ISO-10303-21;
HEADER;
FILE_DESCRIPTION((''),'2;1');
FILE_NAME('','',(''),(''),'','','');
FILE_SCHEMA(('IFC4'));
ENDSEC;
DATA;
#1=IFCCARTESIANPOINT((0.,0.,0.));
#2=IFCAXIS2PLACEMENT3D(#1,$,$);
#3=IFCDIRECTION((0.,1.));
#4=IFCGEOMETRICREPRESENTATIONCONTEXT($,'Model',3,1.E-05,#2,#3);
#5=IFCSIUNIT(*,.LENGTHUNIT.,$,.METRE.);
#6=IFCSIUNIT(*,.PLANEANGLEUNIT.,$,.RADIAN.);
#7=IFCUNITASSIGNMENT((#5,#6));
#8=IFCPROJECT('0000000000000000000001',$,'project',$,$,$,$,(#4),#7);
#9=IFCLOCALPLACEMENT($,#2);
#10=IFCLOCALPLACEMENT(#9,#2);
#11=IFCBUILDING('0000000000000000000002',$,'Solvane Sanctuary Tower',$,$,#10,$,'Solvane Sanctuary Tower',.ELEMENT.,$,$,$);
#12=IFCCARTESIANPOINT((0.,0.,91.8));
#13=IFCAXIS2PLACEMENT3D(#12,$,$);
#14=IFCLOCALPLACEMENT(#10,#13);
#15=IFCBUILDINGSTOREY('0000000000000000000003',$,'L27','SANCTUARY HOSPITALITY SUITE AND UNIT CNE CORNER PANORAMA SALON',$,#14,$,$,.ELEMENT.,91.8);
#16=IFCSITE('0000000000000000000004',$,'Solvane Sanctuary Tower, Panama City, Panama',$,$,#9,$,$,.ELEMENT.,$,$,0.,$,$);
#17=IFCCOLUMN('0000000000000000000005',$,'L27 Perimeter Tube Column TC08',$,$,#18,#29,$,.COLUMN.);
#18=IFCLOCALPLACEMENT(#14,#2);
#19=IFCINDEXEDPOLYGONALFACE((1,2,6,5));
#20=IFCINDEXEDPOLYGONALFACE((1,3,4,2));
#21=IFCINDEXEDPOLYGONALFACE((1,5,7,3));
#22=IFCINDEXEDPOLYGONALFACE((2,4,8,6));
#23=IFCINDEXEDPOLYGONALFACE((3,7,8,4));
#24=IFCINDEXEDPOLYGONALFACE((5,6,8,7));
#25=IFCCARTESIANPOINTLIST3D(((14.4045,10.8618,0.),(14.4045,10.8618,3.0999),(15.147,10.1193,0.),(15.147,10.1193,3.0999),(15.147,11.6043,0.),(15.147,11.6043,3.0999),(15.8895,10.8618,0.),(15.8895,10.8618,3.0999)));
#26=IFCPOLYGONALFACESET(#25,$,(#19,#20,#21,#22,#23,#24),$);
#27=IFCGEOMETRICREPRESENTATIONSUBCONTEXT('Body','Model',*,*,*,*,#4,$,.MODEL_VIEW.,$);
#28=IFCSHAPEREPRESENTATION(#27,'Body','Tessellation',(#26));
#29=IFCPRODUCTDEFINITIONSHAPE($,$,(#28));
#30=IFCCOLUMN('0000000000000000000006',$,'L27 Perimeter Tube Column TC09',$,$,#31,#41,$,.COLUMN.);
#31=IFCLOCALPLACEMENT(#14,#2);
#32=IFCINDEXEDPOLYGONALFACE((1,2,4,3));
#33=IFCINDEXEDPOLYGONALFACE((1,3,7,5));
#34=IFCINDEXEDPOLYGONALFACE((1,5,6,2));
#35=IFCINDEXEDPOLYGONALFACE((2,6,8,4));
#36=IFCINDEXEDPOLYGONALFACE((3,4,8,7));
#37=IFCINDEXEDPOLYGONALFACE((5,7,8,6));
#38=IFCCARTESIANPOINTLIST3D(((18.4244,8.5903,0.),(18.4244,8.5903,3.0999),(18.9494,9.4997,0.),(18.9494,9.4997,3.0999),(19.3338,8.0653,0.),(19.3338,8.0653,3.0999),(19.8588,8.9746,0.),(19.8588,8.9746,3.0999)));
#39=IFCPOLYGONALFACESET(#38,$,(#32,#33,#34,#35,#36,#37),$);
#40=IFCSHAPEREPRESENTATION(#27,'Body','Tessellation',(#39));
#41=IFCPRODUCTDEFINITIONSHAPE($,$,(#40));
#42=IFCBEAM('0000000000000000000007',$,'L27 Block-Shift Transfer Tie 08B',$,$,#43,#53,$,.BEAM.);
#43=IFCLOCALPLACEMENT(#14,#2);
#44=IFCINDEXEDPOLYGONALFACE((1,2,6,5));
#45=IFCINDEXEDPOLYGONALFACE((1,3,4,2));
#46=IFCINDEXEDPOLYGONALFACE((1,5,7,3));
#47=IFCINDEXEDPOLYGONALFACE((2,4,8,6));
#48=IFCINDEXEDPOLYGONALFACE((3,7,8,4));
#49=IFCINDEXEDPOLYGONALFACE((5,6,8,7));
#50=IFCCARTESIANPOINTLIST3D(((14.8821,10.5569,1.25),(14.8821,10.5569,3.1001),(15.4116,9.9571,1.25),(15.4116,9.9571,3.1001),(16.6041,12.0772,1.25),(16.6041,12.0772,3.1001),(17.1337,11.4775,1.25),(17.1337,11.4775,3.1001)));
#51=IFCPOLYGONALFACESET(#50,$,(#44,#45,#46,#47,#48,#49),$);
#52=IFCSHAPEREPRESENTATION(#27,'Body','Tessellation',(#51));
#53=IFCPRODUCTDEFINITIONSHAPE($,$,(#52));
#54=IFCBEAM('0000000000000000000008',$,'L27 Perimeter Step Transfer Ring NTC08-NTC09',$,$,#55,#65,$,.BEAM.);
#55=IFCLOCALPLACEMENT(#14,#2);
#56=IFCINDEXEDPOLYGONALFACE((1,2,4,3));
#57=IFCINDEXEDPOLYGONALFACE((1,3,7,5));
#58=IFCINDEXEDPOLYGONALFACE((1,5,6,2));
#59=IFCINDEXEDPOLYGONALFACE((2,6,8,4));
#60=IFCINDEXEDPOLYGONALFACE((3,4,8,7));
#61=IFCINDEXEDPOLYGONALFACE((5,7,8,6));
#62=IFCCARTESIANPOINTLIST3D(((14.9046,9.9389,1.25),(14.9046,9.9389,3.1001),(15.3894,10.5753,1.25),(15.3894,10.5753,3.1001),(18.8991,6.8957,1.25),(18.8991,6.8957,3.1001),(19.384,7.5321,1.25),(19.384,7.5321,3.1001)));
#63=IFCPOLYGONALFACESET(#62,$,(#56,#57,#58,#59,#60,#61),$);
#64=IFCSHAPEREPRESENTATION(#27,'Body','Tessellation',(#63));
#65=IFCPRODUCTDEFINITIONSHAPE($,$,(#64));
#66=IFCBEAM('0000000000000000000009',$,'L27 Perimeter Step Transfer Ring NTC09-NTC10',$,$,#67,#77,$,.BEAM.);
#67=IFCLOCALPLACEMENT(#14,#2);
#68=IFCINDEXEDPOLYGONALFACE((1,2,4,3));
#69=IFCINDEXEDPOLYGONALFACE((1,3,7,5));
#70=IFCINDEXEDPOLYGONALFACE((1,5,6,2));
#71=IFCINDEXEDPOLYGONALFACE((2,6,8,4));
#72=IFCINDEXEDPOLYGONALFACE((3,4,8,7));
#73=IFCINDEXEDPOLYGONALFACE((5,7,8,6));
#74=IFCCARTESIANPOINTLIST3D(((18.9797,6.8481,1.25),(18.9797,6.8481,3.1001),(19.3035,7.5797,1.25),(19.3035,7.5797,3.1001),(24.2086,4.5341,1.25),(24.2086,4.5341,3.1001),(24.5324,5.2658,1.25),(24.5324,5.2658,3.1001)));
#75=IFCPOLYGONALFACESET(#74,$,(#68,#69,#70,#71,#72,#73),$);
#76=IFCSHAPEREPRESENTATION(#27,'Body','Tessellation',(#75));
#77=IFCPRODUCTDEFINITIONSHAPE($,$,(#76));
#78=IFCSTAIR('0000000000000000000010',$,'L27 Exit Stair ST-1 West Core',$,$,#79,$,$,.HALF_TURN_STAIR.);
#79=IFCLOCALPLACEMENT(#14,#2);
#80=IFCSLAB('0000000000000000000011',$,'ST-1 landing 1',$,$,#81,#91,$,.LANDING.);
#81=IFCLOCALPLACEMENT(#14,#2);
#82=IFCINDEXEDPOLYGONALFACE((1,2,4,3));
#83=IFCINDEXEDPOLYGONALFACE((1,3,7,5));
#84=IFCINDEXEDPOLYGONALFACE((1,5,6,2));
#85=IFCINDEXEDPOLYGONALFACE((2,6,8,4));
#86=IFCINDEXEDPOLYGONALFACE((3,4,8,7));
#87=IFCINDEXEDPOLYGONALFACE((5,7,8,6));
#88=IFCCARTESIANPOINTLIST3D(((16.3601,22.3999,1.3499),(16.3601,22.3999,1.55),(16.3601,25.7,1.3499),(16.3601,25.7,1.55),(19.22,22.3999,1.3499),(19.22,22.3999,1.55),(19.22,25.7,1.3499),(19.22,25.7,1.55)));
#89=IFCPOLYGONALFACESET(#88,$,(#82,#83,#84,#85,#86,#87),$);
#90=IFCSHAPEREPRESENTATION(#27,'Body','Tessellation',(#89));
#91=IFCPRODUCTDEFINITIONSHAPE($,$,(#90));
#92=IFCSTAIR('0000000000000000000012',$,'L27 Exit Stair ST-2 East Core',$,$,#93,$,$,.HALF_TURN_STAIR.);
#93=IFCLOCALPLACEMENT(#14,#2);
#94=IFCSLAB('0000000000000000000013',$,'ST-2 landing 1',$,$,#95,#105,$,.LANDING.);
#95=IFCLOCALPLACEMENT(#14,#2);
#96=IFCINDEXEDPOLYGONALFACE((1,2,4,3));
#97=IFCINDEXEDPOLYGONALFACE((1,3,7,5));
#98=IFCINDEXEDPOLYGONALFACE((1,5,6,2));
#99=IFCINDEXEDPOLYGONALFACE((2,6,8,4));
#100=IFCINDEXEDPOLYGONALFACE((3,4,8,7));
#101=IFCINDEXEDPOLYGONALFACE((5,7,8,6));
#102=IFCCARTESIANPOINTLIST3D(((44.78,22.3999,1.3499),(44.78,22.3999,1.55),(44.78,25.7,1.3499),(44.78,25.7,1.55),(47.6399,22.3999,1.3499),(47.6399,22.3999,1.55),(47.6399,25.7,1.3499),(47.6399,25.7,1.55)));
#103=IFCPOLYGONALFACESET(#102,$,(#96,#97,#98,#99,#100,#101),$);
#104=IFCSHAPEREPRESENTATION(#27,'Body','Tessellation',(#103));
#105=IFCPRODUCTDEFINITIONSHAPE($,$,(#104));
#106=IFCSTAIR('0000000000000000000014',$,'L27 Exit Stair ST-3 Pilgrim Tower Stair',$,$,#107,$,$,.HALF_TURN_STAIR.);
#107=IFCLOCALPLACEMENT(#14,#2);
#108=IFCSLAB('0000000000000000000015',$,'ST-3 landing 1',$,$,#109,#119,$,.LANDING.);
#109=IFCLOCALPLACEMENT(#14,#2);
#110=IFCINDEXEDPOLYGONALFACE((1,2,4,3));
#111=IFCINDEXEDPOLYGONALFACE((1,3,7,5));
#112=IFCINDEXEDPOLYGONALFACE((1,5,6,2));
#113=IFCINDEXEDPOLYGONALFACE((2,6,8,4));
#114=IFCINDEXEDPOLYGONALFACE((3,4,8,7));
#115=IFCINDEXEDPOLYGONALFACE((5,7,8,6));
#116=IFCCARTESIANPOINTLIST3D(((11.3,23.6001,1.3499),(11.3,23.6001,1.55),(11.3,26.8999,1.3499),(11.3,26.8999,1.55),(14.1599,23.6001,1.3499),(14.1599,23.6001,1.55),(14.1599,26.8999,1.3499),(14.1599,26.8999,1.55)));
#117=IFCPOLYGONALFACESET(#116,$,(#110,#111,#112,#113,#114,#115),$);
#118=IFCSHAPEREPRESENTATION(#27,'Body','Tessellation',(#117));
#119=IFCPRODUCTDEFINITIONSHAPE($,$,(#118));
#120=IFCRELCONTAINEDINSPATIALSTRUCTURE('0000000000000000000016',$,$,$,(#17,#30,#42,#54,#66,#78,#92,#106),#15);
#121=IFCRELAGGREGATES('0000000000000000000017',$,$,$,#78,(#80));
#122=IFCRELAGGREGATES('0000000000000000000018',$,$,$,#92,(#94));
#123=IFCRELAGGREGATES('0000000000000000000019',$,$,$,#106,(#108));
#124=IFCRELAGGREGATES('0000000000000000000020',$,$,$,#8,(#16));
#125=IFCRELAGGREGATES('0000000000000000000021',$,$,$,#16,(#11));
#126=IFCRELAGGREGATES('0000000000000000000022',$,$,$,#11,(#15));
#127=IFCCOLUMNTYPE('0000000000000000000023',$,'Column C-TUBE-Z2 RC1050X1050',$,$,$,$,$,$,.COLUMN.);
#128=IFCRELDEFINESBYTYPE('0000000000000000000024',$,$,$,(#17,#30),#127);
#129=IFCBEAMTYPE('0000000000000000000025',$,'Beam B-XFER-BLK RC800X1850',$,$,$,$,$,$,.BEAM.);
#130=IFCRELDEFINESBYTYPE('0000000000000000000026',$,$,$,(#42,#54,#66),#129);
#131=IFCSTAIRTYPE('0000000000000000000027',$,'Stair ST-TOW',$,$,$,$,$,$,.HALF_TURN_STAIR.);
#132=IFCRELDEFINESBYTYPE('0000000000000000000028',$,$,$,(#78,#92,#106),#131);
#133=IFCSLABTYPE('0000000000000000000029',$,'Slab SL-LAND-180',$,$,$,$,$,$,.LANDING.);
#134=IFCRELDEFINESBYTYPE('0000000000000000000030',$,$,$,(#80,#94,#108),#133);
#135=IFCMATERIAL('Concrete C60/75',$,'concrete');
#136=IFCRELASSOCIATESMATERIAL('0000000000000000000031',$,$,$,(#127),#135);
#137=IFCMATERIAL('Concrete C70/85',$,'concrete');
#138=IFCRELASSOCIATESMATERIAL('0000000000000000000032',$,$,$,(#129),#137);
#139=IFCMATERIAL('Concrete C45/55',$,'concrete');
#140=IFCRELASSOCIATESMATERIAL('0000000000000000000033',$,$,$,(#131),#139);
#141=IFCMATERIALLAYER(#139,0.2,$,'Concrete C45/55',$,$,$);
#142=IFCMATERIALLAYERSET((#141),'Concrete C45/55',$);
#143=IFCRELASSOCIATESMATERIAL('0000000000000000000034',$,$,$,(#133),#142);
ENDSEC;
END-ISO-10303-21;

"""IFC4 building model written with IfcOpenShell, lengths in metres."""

from ifc_helpers import new_model, si_unit, direction, frame, origin, origin_2d, place, context, subcontext, project, spatial, polyline, rectangle, outline, extrude, material, layer, layer_set, material_profile, profile_set, type_object, element, aggregate, save


model = new_model("IFC4")

# Units and contexts
model_context = context("Model", 3, precision=1e-05, world=origin(), true_north=direction((0.0, 1.0)))
body_context = subcontext(model_context, "Body", "Model", "MODEL_VIEW")
ifc_project = project(units=[si_unit("LENGTHUNIT", "METRE"), si_unit("PLANEANGLEUNIT", "RADIAN")], contexts=[model_context])

# Site, building, storey
site_placement = place(None, origin())
site = spatial("IfcSite", under=ifc_project, at=site_placement, Name="Solvane Sanctuary Tower, Panama City, Panama", CompositionType="ELEMENT", RefElevation=0.0)
building_placement = place(site_placement, origin())
building = spatial("IfcBuilding", under=site, at=building_placement, Name="Solvane Sanctuary Tower", LongName="Solvane Sanctuary Tower", CompositionType="ELEMENT")
storey_placement = place(building_placement, frame((0.0, 0.0, 91.8)))
storey = spatial("IfcBuildingStorey", under=building, at=storey_placement, Name="L27", Description="SANCTUARY HOSPITALITY SUITE AND UNIT CNE CORNER PANORAMA SALON", CompositionType="ELEMENT", Elevation=91.8)

# Columns
ifc_material_1 = material(Name="Concrete C60/75", Category="concrete")
ifc_material_profile_1 = material_profile(ifc_material_1, rectangle(XDim=1.05, YDim=1.05, at=origin_2d()), Name="RC1050X1050")
ifc_profile_set_1 = profile_set([ifc_material_profile_1], Name="Concrete C60/75")
column_type = type_object("IfcColumnType", Name="Column C-TUBE-Z2 RC1050X1050", PredefinedType="COLUMN", material=ifc_profile_set_1)
for number, where, z_axis, x_axis, name in (
    (1, (15.147, 10.8618, 0.0), (0.0, 0.0, 1.0), (-0.707107, -0.707107, 0.0), "L27 Perimeter Tube Column TC08"),
    (2, (19.1416, 8.7825, 0.0), (0.0, 0.0, 1.0), (-0.5, -0.866025, 0.0), "L27 Perimeter Tube Column TC09"),
):
    element("IfcColumn", number, at=place(storey_placement, frame(where, z_axis=z_axis, x_axis=x_axis)), inside=storey, type_object=column_type, Name=name, PredefinedType="COLUMN", context=body_context, shape_type="SweptSolid", body=[
        extrude(rectangle(XDim=1.05, YDim=1.05, at=origin_2d()), origin(), (0.0, 0.0, 1.0), 3.0999),
    ])

# Beams
ifc_material_2 = material(Name="Concrete C70/85", Category="concrete")
ifc_material_profile_2 = material_profile(ifc_material_2, rectangle(XDim=0.8, YDim=1.8501, at=origin_2d()), Name="RC800X1850")
ifc_profile_set_2 = profile_set([ifc_material_profile_2], Name="Concrete C70/85")
beam_type = type_object("IfcBeamType", Name="Beam B-XFER-BLK RC800X1850", PredefinedType="BEAM", material=ifc_profile_set_2)
beam_1_placement = place(storey_placement, frame((16.8689, 11.7773, 2.175), z_axis=(-0.749639, -0.661847, 0.0), x_axis=(0.661847, -0.749639, 0.0)))
element("IfcBeam", 3, at=beam_1_placement, inside=storey, type_object=beam_type, Name="L27 Block-Shift Transfer Tie 08B", PredefinedType="BEAM", context=body_context, shape_type="SweptSolid", body=[
    extrude(rectangle(XDim=0.8, YDim=1.8501, at=origin_2d()), origin(), (0.0, 0.0, 1.0), 2.2971),
])
beam_2_placement = place(storey_placement, frame((15.147, 10.2571, 2.175), z_axis=(0.795462, -0.606004, 0.0), x_axis=(0.606004, 0.795462, 0.0)))
element("IfcBeam", 4, at=beam_2_placement, inside=storey, type_object=beam_type, Name="L27 Perimeter Step Transfer Ring NTC08-NTC09", PredefinedType="BEAM", context=body_context, shape_type="SweptSolid", body=[
    extrude(rectangle(XDim=0.8, YDim=1.8501, at=origin_2d()), origin(), (0.0, 0.0, 1.0), 5.0217),
])
beam_3_placement = place(storey_placement, frame((19.1416, 7.2139, 2.175), z_axis=(0.914462, -0.404672, 0.0), x_axis=(0.404672, 0.914462, 0.0)))
element("IfcBeam", 5, at=beam_3_placement, inside=storey, type_object=beam_type, Name="L27 Perimeter Step Transfer Ring NTC09-NTC10", PredefinedType="BEAM", context=body_context, shape_type="SweptSolid", body=[
    extrude(rectangle(XDim=0.8, YDim=1.8501, at=origin_2d()), origin(), (0.0, 0.0, 1.0), 5.718),
])

# Stairs, slabs
ifc_material_3 = material(Name="Concrete C45/55", Category="concrete")
stair_type = type_object("IfcStairType", Name="Stair ST-TOW", PredefinedType="HALF_TURN_STAIR", material=ifc_material_3)
stair_1_placement = place(storey_placement, origin())
stair_1 = element("IfcStair", 6, at=stair_1_placement, inside=storey, type_object=stair_type, Name="L27 Exit Stair ST-1 West Core", PredefinedType="HALF_TURN_STAIR")
ifc_layer_1 = layer(ifc_material_3, 0.2, Name="Concrete C45/55")
ifc_layer_set_1 = layer_set([ifc_layer_1], Name="Concrete C45/55")
slab_type_1 = type_object("IfcSlabType", Name="Slab SL-LAND-180", PredefinedType="LANDING", material=ifc_layer_set_1)
slab_1_placement = place(storey_placement, frame((0.0, 0.0, 1.3499)))
slab_1 = element("IfcSlab", 7, at=slab_1_placement, type_object=slab_type_1, Name="ST-1 landing 1", PredefinedType="LANDING", context=body_context, shape_type="SweptSolid", body=[
    extrude(outline(polyline([(19.22, 22.3999), (19.22, 25.7), (16.3601, 25.7), (16.3601, 22.3999), (19.22, 22.3999)])), origin(), (0.0, 0.0, 1.0), 0.2002),
])
aggregate(stair_1, [slab_1])
stair_2_placement = place(storey_placement, origin())
stair_2 = element("IfcStair", 8, at=stair_2_placement, inside=storey, type_object=stair_type, Name="L27 Exit Stair ST-2 East Core", PredefinedType="HALF_TURN_STAIR")
slab_2_placement = place(storey_placement, frame((0.0, 0.0, 1.3499)))
slab_2 = element("IfcSlab", 9, at=slab_2_placement, type_object=slab_type_1, Name="ST-2 landing 1", PredefinedType="LANDING", context=body_context, shape_type="SweptSolid", body=[
    extrude(outline(polyline([(47.6399, 22.3999), (47.6399, 25.7), (44.78, 25.7), (44.78, 22.3999), (47.6399, 22.3999)])), origin(), (0.0, 0.0, 1.0), 0.2002),
])
aggregate(stair_2, [slab_2])
stair_3_placement = place(storey_placement, origin())
stair_3 = element("IfcStair", 10, at=stair_3_placement, inside=storey, type_object=stair_type, Name="L27 Exit Stair ST-3 Pilgrim Tower Stair", PredefinedType="HALF_TURN_STAIR")
slab_3_placement = place(storey_placement, frame((0.0, 0.0, 1.3499)))
slab_3 = element("IfcSlab", 11, at=slab_3_placement, type_object=slab_type_1, Name="ST-3 landing 1", PredefinedType="LANDING", context=body_context, shape_type="SweptSolid", body=[
    extrude(outline(polyline([(14.1599, 23.6001), (14.1599, 26.8999), (11.3, 26.8999), (11.3, 23.6001), (14.1599, 23.6001)])), origin(), (0.0, 0.0, 1.0), 0.2002),
])
aggregate(stair_3, [slab_3])

save(model, "model.ifc")
